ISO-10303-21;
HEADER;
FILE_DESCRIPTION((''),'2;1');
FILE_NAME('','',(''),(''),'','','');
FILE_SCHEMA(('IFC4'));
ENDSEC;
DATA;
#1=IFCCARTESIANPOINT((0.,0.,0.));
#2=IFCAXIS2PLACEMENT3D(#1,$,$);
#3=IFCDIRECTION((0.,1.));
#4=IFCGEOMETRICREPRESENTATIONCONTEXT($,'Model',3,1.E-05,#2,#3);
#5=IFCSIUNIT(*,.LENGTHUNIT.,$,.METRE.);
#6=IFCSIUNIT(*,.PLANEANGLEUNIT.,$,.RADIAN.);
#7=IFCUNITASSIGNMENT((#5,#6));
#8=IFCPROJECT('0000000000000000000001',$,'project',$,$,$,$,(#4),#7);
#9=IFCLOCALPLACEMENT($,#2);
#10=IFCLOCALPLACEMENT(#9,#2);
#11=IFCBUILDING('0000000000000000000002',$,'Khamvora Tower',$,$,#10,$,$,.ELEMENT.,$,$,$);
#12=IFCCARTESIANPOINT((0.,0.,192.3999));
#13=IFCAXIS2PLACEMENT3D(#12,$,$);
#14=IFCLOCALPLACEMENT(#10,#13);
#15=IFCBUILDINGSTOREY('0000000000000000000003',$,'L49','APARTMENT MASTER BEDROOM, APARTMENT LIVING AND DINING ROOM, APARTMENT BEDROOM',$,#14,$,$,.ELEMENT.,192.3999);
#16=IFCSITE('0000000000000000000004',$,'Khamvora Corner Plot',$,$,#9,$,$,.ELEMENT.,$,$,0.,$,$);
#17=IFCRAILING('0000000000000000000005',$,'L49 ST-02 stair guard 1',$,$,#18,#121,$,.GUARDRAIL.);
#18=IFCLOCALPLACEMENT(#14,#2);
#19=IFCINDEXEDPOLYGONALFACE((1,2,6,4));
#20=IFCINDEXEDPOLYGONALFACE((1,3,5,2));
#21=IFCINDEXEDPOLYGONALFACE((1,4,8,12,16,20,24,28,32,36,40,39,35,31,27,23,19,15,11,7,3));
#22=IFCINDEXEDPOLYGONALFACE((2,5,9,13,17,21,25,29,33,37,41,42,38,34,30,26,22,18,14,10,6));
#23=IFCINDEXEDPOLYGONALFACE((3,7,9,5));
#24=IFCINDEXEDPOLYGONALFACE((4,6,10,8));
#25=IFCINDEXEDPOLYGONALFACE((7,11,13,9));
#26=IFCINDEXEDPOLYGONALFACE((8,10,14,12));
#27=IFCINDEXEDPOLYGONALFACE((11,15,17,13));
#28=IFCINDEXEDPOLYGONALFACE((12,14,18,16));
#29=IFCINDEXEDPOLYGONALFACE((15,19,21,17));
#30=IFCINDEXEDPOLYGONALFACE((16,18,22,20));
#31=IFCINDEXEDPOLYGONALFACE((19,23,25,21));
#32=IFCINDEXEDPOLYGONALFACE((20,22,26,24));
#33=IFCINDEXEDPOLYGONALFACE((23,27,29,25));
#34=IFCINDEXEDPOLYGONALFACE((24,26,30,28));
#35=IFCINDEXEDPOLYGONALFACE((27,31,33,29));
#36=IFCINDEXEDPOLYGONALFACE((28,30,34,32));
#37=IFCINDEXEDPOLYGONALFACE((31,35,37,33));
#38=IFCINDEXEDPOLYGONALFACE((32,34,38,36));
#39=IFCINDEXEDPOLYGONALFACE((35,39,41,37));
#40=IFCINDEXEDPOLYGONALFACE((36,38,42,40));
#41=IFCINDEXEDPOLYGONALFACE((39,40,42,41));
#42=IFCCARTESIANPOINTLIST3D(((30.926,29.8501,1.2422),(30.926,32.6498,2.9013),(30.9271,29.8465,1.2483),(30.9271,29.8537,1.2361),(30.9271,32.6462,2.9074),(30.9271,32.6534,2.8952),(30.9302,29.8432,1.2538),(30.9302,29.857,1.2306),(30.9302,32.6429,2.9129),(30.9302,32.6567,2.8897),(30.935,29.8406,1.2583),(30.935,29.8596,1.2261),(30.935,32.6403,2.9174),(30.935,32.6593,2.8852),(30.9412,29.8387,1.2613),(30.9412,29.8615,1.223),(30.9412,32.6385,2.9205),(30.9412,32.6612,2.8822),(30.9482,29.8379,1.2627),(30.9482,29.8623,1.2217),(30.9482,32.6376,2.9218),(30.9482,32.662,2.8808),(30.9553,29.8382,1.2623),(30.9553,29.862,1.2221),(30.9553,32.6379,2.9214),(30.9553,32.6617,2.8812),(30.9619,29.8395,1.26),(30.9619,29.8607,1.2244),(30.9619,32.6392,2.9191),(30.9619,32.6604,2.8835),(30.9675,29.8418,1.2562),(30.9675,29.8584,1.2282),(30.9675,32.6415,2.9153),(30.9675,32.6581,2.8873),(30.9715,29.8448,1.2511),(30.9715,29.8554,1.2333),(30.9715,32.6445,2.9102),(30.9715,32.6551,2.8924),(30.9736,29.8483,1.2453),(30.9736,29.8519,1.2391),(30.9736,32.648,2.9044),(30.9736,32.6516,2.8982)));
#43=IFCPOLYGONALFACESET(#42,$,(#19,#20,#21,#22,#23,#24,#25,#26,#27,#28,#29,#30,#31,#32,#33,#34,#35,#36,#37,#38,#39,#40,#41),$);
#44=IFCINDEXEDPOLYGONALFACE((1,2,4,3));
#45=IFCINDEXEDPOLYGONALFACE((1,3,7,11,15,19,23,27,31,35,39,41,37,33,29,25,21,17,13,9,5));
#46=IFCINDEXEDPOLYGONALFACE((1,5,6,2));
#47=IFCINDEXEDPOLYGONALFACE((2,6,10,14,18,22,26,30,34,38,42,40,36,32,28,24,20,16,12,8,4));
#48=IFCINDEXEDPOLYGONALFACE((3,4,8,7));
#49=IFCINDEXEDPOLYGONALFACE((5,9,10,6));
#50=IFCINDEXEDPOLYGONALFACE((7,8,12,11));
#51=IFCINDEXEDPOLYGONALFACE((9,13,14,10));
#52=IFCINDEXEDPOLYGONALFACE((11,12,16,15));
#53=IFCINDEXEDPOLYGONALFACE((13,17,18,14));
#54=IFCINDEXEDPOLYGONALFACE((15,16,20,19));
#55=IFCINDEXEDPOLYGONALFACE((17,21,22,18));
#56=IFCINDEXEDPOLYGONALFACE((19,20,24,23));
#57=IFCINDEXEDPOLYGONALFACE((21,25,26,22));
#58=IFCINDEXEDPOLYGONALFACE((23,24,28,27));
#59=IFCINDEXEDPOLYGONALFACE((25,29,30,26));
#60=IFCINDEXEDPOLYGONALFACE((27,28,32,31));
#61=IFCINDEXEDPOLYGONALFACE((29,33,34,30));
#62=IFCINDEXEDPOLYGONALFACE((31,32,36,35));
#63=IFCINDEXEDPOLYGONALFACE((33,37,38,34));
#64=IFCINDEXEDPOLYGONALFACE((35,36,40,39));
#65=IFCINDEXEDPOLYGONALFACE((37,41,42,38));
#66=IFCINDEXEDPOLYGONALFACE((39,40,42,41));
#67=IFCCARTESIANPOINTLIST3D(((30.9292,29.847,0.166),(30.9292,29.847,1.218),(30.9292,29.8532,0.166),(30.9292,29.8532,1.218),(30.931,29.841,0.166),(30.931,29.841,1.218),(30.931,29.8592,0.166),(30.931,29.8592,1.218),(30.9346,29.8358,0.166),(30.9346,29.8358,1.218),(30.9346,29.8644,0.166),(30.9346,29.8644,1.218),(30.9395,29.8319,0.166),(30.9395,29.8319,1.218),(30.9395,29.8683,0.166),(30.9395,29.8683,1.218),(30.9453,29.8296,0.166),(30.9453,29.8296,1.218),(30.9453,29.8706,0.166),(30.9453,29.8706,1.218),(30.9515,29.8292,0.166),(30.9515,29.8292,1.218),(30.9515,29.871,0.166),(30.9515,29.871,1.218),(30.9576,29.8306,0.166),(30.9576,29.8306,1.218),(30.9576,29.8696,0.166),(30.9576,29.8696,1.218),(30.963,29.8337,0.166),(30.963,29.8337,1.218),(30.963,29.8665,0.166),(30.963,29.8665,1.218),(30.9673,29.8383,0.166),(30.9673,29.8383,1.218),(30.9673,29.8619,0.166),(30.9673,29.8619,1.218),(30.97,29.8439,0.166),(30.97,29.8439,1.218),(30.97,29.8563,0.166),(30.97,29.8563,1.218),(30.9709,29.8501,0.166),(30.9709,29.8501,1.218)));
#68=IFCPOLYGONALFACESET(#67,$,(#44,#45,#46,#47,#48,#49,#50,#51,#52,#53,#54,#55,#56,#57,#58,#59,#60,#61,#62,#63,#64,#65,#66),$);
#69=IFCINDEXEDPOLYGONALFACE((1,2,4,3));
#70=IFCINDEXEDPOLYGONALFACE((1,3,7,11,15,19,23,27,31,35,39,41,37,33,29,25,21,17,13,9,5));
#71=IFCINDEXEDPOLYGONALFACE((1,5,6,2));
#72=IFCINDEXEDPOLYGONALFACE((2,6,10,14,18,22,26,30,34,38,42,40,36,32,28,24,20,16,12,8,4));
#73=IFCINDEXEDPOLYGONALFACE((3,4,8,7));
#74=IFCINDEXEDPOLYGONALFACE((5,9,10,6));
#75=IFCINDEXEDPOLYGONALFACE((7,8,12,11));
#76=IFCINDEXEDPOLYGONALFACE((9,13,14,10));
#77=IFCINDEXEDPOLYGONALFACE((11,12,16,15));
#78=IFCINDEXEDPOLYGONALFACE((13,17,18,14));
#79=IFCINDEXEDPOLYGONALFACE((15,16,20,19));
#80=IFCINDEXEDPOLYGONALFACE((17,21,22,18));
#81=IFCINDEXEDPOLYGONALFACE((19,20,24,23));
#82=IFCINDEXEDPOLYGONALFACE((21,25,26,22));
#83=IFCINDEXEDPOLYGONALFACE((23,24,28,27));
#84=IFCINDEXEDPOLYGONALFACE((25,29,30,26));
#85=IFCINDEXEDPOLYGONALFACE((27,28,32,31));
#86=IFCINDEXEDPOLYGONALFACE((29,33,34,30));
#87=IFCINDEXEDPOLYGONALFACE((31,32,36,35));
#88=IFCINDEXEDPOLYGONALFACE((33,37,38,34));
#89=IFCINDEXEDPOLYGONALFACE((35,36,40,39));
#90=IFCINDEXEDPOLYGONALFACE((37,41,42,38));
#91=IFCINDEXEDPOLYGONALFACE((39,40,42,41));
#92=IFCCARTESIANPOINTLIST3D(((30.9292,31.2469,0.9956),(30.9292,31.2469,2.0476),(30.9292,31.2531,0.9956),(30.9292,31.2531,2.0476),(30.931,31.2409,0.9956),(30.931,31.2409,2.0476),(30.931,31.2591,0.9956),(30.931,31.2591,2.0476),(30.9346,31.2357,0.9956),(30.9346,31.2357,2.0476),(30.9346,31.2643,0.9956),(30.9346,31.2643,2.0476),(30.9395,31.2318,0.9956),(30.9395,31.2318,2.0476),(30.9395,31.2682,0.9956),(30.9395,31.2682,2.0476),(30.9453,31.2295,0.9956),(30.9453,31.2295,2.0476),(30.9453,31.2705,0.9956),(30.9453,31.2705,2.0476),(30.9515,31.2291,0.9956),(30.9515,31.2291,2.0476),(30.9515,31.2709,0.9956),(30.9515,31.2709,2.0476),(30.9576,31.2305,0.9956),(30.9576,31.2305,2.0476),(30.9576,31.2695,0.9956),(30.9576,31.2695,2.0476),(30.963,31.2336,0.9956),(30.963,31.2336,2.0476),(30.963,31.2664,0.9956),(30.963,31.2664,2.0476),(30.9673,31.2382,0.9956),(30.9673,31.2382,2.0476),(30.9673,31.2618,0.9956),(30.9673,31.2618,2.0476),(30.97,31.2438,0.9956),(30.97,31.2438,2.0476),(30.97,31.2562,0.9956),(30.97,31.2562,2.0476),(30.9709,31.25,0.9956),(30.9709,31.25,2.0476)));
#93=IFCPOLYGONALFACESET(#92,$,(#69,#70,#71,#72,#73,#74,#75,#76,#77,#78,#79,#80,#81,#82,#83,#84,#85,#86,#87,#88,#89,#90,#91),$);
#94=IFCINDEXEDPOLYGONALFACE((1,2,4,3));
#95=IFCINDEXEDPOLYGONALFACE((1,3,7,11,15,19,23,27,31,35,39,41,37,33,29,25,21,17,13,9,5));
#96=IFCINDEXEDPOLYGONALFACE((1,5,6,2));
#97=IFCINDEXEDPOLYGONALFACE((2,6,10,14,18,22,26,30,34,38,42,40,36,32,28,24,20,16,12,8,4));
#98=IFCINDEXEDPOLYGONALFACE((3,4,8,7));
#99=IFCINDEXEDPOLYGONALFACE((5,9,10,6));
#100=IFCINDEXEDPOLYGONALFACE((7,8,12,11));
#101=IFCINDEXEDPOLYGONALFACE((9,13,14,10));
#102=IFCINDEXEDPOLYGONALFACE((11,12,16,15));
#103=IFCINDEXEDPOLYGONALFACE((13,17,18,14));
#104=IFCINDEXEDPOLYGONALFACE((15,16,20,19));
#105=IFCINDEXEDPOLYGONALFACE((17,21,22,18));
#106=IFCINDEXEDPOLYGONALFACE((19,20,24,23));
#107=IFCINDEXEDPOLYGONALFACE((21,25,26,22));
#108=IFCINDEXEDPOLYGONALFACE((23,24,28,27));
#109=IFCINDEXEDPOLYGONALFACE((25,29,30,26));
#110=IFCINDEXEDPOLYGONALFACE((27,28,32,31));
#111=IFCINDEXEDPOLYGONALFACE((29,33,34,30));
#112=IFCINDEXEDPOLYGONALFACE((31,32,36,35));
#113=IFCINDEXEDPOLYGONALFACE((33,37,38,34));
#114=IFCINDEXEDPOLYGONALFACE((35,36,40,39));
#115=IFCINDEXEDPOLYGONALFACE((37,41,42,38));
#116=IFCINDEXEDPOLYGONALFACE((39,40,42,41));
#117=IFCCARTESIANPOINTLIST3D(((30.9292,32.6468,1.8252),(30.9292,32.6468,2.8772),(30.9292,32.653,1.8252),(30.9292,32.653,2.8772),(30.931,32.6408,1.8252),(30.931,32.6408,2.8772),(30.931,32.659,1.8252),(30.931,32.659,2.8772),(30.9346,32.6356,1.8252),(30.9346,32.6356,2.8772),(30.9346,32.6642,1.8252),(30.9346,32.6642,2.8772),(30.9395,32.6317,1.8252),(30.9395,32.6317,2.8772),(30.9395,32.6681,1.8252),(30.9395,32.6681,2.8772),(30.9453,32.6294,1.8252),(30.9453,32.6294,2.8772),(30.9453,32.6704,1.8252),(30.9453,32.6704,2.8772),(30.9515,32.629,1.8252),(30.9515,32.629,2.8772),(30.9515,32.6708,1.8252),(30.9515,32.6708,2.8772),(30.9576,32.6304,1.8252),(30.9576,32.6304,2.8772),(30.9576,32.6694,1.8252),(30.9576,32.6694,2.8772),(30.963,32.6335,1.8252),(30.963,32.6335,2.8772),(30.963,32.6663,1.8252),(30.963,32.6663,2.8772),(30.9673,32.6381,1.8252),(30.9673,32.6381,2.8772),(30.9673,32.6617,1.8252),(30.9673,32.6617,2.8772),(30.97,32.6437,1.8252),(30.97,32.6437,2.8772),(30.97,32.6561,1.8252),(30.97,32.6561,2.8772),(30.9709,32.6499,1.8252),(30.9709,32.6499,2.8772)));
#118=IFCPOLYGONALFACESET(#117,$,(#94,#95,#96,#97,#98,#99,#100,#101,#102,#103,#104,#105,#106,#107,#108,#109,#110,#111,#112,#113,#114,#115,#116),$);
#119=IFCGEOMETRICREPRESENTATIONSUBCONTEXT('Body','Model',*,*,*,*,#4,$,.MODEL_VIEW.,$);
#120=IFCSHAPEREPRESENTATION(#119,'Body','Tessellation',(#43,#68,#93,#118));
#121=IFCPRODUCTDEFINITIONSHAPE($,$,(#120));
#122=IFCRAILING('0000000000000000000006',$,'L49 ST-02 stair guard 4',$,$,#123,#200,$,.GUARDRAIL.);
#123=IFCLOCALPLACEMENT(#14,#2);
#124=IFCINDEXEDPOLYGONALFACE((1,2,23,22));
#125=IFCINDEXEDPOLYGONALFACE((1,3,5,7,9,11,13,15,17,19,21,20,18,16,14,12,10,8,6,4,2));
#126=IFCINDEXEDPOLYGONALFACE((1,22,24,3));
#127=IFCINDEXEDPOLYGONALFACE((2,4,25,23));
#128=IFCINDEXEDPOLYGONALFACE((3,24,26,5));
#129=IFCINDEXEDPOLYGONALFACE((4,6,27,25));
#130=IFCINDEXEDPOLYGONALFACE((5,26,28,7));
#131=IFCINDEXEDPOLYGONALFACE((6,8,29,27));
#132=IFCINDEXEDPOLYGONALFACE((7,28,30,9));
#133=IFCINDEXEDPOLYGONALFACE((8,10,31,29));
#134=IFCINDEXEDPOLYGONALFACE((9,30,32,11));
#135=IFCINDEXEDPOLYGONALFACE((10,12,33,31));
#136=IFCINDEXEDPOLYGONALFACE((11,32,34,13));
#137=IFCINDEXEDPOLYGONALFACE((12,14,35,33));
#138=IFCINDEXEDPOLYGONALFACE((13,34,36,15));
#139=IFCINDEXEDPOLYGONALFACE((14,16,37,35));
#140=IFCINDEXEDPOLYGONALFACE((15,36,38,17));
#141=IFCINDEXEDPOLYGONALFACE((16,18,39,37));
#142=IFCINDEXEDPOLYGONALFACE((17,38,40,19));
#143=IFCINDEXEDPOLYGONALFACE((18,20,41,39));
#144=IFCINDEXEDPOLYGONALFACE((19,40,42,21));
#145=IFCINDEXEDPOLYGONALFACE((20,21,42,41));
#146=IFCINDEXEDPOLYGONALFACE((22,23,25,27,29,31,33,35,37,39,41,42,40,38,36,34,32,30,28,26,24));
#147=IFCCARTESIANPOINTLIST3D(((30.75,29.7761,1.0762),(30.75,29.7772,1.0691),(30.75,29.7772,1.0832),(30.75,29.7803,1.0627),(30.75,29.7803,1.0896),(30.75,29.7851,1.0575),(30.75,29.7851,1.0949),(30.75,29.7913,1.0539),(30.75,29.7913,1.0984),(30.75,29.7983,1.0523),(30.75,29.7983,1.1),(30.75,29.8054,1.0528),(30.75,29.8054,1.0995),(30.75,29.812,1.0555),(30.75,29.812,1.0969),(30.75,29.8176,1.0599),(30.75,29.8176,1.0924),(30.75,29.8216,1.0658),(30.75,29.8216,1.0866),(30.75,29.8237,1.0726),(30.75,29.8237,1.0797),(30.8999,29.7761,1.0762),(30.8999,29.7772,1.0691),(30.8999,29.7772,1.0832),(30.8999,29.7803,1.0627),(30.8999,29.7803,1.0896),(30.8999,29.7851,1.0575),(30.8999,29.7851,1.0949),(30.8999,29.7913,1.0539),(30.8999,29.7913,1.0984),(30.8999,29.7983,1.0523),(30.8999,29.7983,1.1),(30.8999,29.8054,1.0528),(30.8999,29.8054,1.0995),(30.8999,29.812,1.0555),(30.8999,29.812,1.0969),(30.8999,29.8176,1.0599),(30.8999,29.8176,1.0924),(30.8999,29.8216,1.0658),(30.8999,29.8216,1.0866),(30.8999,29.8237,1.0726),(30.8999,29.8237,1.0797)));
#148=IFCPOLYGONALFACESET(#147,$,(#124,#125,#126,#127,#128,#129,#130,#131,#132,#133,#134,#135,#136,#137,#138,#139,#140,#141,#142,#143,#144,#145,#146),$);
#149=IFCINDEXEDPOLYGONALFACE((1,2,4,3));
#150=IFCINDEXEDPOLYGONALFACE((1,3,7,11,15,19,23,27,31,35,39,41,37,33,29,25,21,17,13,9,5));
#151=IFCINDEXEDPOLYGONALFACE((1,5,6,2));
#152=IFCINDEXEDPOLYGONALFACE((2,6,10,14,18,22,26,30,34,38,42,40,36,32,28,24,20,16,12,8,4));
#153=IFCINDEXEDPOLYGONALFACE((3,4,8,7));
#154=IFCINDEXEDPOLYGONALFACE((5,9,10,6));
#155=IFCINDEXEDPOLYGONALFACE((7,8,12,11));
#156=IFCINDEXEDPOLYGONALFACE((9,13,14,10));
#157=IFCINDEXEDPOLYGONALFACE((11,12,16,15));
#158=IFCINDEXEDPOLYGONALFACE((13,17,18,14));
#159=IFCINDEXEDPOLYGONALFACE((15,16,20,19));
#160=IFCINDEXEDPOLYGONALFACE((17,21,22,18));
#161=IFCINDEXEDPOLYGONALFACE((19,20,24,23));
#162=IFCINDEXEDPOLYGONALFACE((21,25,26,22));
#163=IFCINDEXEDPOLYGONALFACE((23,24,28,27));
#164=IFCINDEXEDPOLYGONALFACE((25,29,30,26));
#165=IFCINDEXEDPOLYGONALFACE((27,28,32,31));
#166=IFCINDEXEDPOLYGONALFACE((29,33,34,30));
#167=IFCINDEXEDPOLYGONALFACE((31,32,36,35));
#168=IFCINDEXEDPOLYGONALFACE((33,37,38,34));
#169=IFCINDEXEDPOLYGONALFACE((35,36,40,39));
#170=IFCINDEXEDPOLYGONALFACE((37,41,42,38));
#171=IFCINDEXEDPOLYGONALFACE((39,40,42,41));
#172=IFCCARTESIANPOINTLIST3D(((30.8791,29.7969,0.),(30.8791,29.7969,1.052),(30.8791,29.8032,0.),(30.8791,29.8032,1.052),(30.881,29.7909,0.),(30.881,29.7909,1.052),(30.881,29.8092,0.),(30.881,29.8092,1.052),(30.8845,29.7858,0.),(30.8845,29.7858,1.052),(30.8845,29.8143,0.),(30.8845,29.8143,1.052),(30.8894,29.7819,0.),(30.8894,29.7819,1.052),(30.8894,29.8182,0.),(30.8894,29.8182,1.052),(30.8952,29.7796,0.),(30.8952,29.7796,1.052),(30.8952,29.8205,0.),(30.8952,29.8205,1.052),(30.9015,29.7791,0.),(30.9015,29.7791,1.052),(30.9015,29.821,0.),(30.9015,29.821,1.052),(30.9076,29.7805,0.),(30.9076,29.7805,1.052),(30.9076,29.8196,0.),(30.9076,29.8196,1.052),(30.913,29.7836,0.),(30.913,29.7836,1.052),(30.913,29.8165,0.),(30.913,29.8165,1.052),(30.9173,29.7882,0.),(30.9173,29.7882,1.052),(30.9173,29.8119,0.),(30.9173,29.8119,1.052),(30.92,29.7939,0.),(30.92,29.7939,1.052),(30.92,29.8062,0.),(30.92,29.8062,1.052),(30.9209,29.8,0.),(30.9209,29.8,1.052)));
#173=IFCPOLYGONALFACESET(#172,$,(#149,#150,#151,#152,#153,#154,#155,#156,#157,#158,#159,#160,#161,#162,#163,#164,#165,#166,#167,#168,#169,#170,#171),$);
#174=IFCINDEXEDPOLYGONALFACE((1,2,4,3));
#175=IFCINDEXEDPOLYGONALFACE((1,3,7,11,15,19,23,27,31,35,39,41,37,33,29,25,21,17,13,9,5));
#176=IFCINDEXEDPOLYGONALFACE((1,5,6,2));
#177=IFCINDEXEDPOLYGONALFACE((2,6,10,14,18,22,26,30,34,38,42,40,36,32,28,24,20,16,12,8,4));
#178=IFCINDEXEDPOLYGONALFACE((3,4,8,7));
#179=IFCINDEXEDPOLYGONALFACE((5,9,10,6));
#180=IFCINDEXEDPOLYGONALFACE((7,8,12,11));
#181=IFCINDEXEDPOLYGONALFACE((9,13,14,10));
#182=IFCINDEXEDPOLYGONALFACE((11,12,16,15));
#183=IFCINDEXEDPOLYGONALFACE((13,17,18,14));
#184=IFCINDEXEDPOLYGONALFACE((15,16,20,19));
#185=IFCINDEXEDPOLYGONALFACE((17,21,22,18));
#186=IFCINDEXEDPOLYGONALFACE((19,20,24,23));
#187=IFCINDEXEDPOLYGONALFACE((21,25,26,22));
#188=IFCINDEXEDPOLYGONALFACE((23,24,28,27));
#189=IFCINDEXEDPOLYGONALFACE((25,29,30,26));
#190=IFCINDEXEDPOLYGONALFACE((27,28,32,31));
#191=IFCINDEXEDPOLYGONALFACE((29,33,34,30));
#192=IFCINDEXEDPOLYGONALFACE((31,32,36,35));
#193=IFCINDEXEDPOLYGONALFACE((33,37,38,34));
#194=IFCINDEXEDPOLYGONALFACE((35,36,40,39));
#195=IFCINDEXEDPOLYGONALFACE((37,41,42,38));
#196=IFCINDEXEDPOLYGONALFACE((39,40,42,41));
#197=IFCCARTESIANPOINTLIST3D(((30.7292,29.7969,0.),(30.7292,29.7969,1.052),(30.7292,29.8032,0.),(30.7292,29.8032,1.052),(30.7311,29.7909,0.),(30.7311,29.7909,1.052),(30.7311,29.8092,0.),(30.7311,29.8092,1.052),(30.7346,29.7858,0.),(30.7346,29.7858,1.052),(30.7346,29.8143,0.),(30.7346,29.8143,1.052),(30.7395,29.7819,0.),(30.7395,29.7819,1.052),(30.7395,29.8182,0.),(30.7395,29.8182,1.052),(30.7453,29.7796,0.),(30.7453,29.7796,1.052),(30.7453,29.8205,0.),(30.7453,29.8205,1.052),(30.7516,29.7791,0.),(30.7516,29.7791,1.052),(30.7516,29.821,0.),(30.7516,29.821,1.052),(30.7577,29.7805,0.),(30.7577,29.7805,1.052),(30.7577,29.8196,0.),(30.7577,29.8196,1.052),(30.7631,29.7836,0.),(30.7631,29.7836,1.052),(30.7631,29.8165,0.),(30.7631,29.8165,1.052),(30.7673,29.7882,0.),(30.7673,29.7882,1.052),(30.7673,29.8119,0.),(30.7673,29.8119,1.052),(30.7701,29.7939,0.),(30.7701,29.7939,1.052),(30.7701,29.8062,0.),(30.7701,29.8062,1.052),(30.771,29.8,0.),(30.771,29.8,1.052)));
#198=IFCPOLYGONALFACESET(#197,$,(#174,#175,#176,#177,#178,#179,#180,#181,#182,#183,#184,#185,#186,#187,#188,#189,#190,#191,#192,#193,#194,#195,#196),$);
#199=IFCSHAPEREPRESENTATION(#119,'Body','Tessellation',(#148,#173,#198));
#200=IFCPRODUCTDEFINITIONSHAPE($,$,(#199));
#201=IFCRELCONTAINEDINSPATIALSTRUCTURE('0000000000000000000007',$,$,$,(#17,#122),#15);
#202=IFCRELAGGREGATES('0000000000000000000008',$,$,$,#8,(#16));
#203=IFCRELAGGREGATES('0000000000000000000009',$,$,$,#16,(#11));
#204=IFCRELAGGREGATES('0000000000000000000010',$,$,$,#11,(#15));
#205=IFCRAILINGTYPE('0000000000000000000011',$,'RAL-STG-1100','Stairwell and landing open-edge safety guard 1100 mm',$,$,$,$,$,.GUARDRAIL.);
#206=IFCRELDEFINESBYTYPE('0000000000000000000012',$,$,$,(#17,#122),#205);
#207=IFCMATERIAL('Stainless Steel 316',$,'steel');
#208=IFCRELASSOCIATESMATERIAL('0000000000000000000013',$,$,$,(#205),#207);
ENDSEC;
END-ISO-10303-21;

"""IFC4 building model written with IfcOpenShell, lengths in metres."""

from ifc_helpers import new_model, si_unit, direction, frame, origin, origin_2d, place, context, subcontext, project, spatial, circle, extrude, material, type_object, element, save


model = new_model("IFC4")

# Units and contexts
model_context = context("Model", 3, precision=1e-05, world=origin(), true_north=direction((0.0, 1.0)))
body_context = subcontext(model_context, "Body", "Model", "MODEL_VIEW")
ifc_project = project(units=[si_unit("LENGTHUNIT", "METRE"), si_unit("PLANEANGLEUNIT", "RADIAN")], contexts=[model_context])

# Site, building, storey
site_placement = place(None, origin())
site = spatial("IfcSite", under=ifc_project, at=site_placement, Name="Khamvora Corner Plot", CompositionType="ELEMENT", RefElevation=0.0)
building_placement = place(site_placement, origin())
building = spatial("IfcBuilding", under=site, at=building_placement, Name="Khamvora Tower", CompositionType="ELEMENT")
storey_placement = place(building_placement, frame((0.0, 0.0, 192.3999)))
storey = spatial("IfcBuildingStorey", under=building, at=storey_placement, Name="L49", Description="APARTMENT MASTER BEDROOM, APARTMENT LIVING AND DINING ROOM, APARTMENT BEDROOM", CompositionType="ELEMENT", Elevation=192.3999)

# Railings
ifc_material_1 = material(Name="Stainless Steel 316", Category="steel")
railing_type_1 = type_object("IfcRailingType", Name="RAL-STG-1100", Description="Stairwell and landing open-edge safety guard 1100 mm", PredefinedType="GUARDRAIL", material=ifc_material_1)
railing_1_placement = place(storey_placement, frame((30.95, 29.8501, 0.166)))
element("IfcRailing", 1, at=railing_1_placement, inside=storey, type_object=railing_type_1, Name="L49 ST-02 stair guard 1", PredefinedType="GUARDRAIL", context=body_context, shape_type="SweptSolid", body=[
    extrude(circle(Radius=0.0239, at=origin_2d()), frame((0.0, 0.0, 1.0762), z_axis=(0.0, 0.860287, 0.509811), x_axis=(-1.0, 0.0, 0.0)), (0.0, 0.0, 1.0), 3.2544),
    extrude(circle(Radius=0.021, at=origin_2d()), origin(), (0.0, 0.0, 1.0), 1.052),
    extrude(circle(Radius=0.021, at=origin_2d()), frame((0.0, 1.3999, 0.8296)), (0.0, 0.0, 1.0), 1.052),
    extrude(circle(Radius=0.021, at=origin_2d()), frame((0.0, 2.7998, 1.6592)), (0.0, 0.0, 1.0), 1.052),
])
railing_2_placement = place(storey_placement, frame((30.8999, 29.8, 0.0)))
element("IfcRailing", 2, at=railing_2_placement, inside=storey, type_object=railing_type_1, Name="L49 ST-02 stair guard 4", PredefinedType="GUARDRAIL", context=body_context, shape_type="SweptSolid", body=[
    extrude(circle(Radius=0.0239, at=origin_2d()), frame((0.0, 0.0, 1.0762), z_axis=(-1.0, 0.0, 0.0), x_axis=(0.0, -1.0, 0.0)), (0.0, 0.0, 1.0), 0.1499),
    extrude(circle(Radius=0.021, at=origin_2d()), origin(), (0.0, 0.0, 1.0), 1.052),
    extrude(circle(Radius=0.021, at=origin_2d()), frame((-0.1499, 0.0, 0.0)), (0.0, 0.0, 1.0), 1.052),
])

save(model, "model.ifc")
